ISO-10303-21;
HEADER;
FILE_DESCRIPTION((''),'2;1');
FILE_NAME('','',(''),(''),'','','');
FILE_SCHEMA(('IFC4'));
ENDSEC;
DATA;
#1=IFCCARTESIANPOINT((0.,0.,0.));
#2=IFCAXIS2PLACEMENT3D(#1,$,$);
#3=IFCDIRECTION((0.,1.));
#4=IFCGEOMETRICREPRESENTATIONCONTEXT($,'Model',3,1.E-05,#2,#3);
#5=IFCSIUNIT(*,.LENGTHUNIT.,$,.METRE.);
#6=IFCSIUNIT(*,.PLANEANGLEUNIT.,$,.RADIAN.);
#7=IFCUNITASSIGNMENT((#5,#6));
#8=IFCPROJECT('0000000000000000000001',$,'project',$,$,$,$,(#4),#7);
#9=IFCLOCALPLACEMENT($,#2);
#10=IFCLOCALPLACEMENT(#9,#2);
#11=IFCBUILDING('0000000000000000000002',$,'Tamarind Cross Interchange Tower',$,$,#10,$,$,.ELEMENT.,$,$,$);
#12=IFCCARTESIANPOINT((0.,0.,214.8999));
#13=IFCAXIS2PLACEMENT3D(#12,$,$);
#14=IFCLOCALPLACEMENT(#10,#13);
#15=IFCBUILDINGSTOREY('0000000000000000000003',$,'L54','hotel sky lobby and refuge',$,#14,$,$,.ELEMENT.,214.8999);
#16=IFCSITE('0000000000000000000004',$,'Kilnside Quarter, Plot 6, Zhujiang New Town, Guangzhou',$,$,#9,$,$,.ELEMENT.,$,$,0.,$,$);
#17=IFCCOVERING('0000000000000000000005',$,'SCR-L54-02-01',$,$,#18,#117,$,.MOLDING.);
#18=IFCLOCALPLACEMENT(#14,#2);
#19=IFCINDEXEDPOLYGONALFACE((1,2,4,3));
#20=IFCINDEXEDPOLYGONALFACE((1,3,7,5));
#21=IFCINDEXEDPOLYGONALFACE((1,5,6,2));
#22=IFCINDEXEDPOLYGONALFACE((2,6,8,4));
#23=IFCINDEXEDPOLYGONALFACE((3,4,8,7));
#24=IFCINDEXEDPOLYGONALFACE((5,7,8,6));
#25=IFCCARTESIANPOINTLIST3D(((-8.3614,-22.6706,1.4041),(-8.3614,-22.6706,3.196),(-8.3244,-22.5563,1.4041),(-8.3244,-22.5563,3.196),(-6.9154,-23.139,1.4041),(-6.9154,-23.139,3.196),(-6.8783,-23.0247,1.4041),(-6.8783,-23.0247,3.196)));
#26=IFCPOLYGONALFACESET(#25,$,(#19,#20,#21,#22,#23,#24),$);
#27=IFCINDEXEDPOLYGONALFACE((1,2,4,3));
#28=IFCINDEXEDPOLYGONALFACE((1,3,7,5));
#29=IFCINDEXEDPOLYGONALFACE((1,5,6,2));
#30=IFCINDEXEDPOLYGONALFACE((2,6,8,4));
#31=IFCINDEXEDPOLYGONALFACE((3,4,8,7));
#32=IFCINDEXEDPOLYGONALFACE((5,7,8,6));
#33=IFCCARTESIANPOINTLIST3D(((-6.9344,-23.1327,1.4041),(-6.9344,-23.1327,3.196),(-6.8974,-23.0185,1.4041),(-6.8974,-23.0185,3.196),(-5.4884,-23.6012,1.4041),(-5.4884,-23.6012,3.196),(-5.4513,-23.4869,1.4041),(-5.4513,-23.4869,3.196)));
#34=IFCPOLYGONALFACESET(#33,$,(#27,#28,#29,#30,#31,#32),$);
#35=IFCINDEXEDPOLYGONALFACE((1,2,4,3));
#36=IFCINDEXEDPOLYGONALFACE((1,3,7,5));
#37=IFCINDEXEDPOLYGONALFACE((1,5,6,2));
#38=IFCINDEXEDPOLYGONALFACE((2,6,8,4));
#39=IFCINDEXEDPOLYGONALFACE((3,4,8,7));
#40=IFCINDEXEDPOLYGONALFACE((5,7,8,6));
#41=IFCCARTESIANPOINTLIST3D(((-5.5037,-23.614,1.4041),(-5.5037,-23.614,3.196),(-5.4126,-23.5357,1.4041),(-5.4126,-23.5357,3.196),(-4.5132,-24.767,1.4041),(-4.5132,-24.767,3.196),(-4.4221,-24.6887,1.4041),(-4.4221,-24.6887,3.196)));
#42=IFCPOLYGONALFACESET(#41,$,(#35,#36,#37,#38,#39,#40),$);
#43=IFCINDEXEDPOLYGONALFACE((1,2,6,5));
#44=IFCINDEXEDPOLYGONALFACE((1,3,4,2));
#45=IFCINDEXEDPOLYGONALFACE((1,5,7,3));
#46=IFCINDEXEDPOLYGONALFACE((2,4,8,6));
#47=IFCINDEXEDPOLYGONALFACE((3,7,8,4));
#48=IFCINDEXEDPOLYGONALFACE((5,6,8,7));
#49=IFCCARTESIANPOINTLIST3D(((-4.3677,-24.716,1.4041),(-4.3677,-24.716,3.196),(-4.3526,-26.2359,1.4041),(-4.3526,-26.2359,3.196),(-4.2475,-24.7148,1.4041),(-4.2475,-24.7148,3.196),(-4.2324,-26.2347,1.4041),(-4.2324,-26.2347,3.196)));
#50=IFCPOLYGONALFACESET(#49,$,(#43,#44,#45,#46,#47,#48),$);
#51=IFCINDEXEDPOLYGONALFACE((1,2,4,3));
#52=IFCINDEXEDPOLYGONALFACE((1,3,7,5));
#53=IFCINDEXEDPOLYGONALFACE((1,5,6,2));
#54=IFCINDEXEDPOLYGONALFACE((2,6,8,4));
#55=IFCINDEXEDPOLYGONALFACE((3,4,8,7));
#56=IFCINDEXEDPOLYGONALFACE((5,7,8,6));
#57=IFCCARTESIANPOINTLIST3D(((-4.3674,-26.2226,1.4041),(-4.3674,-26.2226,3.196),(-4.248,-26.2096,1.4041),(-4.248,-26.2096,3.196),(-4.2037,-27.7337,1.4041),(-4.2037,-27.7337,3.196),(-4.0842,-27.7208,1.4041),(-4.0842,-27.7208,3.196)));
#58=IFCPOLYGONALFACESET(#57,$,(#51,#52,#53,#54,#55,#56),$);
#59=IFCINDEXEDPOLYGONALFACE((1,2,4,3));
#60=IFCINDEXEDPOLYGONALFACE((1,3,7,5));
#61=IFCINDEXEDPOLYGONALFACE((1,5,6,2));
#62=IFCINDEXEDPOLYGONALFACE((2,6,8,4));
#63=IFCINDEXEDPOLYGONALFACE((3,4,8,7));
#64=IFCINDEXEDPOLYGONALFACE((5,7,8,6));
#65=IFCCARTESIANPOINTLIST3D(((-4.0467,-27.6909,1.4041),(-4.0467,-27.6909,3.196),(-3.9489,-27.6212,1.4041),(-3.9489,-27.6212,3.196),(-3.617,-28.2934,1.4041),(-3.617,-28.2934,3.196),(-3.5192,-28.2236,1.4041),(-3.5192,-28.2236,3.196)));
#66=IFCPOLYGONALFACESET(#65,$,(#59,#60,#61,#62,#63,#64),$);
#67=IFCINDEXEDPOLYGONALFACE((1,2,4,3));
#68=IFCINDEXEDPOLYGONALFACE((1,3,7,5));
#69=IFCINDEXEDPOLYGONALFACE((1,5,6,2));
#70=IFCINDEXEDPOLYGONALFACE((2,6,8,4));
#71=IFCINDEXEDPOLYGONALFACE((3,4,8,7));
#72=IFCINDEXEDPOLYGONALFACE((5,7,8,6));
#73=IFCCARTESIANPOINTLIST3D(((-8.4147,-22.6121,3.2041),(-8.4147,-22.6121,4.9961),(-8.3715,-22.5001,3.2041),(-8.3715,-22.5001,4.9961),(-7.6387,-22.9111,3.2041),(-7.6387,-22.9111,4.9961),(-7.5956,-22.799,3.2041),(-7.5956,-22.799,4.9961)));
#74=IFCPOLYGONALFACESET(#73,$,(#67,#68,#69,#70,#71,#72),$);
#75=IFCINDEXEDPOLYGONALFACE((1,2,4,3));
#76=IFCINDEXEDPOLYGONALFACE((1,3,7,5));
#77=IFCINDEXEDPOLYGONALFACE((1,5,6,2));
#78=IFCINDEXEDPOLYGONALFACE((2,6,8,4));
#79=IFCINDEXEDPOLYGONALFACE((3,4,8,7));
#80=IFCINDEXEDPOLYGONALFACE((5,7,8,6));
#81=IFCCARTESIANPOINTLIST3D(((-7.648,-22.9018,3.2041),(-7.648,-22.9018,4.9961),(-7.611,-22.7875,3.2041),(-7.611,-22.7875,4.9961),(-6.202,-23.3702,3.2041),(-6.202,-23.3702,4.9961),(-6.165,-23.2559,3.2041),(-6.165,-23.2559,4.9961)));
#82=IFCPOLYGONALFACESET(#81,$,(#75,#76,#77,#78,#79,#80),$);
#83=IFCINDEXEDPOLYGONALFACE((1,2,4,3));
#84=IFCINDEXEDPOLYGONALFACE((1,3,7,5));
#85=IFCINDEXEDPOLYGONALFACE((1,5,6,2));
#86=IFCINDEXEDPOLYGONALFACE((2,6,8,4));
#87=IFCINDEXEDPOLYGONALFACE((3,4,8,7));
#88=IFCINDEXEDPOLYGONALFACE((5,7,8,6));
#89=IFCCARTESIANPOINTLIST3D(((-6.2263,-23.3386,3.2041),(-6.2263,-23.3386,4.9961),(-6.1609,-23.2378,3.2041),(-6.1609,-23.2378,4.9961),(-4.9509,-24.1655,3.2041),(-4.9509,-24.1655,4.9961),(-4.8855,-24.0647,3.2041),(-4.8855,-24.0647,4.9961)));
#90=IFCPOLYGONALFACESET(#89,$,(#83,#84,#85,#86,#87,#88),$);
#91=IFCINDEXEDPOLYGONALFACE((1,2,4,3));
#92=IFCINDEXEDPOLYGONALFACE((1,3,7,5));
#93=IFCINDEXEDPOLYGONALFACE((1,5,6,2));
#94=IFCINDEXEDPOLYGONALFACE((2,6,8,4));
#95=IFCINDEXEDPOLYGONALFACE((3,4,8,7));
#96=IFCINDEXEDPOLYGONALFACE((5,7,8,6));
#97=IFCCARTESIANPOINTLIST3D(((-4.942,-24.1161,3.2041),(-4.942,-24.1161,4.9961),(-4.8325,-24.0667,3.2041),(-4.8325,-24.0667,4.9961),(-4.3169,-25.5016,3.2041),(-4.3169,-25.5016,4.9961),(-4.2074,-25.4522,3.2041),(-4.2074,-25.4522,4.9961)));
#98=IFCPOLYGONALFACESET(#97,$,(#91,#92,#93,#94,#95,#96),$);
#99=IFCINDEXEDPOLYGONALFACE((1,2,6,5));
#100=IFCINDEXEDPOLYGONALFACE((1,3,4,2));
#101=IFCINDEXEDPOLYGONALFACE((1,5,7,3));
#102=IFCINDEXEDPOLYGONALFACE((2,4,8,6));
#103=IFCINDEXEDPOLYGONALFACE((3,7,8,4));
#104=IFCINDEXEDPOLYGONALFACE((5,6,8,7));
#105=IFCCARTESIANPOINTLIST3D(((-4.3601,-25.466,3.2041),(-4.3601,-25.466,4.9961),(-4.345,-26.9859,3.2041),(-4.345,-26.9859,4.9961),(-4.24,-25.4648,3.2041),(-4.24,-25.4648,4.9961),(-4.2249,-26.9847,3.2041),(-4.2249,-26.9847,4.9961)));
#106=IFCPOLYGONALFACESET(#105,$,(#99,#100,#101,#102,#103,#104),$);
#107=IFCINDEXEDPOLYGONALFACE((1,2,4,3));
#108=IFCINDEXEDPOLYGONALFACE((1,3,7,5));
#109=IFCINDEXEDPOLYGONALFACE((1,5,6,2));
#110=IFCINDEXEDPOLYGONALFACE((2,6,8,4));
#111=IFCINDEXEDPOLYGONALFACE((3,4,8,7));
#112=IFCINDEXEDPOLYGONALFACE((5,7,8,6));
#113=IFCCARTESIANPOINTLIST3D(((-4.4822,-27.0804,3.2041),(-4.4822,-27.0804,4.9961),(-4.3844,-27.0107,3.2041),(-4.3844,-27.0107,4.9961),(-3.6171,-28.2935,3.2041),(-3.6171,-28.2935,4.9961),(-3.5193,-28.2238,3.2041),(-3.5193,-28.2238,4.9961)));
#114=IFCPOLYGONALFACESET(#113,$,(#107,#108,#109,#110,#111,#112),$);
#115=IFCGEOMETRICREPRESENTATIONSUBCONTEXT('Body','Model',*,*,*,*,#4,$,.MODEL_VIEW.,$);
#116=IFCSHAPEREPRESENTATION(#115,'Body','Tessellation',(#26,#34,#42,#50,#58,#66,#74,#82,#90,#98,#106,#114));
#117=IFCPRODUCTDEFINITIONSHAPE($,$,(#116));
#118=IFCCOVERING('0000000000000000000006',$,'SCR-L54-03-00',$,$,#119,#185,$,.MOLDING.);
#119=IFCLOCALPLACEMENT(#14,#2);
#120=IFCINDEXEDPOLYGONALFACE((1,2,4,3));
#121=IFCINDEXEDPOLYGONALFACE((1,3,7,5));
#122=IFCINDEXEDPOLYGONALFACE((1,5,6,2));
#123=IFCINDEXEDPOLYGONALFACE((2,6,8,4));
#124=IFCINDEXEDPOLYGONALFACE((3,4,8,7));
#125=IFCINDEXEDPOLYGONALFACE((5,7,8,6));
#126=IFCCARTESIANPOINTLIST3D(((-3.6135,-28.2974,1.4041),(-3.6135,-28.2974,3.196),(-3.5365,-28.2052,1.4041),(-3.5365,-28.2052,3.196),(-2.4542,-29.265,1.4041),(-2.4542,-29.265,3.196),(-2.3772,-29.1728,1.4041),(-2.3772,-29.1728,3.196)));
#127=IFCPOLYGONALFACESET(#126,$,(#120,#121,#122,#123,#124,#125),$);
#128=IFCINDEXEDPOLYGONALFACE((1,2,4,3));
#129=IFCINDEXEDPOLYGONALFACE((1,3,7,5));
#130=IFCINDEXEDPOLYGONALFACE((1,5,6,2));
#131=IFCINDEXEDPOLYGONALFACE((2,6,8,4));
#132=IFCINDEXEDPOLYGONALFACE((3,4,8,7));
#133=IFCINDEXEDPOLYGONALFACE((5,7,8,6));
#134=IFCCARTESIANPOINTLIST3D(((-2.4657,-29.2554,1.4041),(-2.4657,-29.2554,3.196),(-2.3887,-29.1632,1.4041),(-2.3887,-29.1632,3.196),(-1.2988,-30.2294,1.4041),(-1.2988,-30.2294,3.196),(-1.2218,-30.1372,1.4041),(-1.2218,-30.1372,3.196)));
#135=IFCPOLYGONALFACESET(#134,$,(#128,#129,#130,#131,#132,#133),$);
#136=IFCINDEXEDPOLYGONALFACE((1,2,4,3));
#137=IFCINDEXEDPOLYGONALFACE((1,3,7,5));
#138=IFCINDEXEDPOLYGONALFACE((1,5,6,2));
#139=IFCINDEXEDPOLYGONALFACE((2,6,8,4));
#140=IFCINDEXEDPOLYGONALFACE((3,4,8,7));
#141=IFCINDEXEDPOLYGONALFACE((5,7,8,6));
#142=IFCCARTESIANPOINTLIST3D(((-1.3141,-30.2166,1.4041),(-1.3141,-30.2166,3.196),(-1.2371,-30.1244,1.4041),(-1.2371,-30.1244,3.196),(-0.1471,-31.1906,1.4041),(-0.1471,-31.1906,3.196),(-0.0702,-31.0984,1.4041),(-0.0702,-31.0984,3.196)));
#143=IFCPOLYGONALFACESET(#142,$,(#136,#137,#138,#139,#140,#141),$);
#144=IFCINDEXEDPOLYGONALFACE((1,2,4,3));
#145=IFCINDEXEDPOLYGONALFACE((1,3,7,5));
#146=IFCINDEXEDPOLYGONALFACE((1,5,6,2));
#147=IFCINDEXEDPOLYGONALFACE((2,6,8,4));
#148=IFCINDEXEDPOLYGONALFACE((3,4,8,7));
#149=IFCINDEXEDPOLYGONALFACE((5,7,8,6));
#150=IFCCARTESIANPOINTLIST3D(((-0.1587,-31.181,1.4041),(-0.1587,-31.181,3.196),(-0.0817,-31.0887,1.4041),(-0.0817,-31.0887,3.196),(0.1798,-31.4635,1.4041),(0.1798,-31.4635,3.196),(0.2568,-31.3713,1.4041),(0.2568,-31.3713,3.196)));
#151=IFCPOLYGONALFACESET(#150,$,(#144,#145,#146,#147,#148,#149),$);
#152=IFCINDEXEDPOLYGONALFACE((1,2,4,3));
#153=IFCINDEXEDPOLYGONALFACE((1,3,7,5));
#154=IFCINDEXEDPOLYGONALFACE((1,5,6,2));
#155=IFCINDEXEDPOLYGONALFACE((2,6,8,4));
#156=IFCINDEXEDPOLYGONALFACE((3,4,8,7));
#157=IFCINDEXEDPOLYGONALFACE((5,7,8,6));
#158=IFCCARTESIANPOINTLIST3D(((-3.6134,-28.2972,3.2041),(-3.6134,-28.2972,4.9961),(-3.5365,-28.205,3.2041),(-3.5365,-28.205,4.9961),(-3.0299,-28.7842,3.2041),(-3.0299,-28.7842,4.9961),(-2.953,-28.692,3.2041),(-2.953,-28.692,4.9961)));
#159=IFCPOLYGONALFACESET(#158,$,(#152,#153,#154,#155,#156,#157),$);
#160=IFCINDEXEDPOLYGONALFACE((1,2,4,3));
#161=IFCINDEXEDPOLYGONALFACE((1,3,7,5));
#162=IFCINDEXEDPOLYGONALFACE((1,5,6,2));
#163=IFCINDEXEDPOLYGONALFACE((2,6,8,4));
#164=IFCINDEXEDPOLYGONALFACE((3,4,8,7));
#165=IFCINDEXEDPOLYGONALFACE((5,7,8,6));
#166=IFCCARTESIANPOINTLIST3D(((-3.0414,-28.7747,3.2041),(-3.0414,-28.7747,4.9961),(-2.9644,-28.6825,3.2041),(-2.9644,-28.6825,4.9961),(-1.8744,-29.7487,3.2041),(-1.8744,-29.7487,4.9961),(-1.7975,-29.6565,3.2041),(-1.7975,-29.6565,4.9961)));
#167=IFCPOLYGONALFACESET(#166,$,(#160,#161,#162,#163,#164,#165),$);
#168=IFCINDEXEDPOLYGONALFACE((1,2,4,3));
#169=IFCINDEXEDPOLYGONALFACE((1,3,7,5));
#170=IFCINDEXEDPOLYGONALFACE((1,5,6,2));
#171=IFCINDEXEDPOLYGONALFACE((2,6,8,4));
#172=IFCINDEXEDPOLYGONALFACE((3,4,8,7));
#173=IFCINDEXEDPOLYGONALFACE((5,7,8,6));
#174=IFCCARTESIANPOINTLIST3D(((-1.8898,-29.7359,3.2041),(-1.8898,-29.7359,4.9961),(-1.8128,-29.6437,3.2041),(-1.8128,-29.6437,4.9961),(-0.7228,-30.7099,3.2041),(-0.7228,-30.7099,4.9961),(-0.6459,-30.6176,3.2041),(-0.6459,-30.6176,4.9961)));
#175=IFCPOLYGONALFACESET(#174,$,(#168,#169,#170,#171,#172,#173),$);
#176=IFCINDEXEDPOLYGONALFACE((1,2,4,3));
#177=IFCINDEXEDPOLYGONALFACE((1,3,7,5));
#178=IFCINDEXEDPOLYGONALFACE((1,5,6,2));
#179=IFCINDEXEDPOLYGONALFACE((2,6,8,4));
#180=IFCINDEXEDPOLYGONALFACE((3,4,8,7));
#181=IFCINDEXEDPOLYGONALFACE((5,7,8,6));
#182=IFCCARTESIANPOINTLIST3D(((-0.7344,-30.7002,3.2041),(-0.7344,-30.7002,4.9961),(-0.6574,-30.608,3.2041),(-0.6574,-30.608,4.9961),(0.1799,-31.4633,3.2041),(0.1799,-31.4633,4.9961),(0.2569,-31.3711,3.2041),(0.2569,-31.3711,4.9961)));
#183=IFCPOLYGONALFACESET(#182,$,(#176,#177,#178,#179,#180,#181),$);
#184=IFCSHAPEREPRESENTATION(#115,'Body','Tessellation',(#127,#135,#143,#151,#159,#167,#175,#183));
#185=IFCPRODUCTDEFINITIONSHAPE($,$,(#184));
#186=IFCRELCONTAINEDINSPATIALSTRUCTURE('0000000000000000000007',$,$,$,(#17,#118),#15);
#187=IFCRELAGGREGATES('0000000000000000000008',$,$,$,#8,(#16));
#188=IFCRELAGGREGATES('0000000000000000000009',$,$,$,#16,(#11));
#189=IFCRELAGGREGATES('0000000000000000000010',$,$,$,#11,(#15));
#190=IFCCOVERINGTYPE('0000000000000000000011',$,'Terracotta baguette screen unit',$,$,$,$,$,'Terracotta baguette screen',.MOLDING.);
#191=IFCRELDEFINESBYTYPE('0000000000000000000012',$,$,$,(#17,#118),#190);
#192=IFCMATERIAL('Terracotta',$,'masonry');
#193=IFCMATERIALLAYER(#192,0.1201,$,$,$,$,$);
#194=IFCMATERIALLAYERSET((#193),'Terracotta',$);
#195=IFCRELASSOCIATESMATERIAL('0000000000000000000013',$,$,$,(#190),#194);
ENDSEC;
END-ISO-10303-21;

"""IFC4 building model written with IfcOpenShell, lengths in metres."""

from ifc_helpers import new_model, si_unit, direction, frame, origin, origin_2d, place, context, subcontext, project, spatial, rectangle, extrude, material, layer, layer_set, type_object, element, save


model = new_model("IFC4")

# Units and contexts
model_context = context("Model", 3, precision=1e-05, world=origin(), true_north=direction((0.0, 1.0)))
body_context = subcontext(model_context, "Body", "Model", "MODEL_VIEW")
ifc_project = project(units=[si_unit("LENGTHUNIT", "METRE"), si_unit("PLANEANGLEUNIT", "RADIAN")], contexts=[model_context])

# Site, building, storey
site_placement = place(None, origin())
site = spatial("IfcSite", under=ifc_project, at=site_placement, Name="Kilnside Quarter, Plot 6, Zhujiang New Town, Guangzhou", CompositionType="ELEMENT", RefElevation=0.0)
building_placement = place(site_placement, origin())
building = spatial("IfcBuilding", under=site, at=building_placement, Name="Tamarind Cross Interchange Tower", CompositionType="ELEMENT")
storey_placement = place(building_placement, frame((0.0, 0.0, 214.8999)))
storey = spatial("IfcBuildingStorey", under=building, at=storey_placement, Name="L54", Description="hotel sky lobby and refuge", CompositionType="ELEMENT", Elevation=214.8999)

# Coverings
ifc_material_1 = material(Name="Terracotta", Category="masonry")
ifc_layer_1 = layer(ifc_material_1, 0.1201)
ifc_layer_set_1 = layer_set([ifc_layer_1], Name="Terracotta")
covering_type = type_object("IfcCoveringType", Name="Terracotta baguette screen unit", ElementType="Terracotta baguette screen", PredefinedType="MOLDING", material=ifc_layer_set_1)
covering_1_placement = place(storey_placement, origin())
element("IfcCovering", 1, at=covering_1_placement, inside=storey, type_object=covering_type, Name="SCR-L54-02-01", PredefinedType="MOLDING", context=body_context, shape_type="SweptSolid", body=[
    extrude(rectangle(XDim=1.52, YDim=0.1201, at=origin_2d()), frame((-7.6199, -22.8477, 1.4041), z_axis=(0.0, 0.0, 1.0), x_axis=(0.951329, -0.308179, 0.0)), (0.0, 0.0, 1.0), 1.792),
    extrude(rectangle(XDim=1.52, YDim=0.1201, at=origin_2d()), frame((-6.1929, -23.3098, 1.4041), z_axis=(0.0, 0.0, 1.0), x_axis=(0.951329, -0.308179, 0.0)), (0.0, 0.0, 1.0), 1.792),
    extrude(rectangle(XDim=1.52, YDim=0.1201, at=origin_2d()), frame((-4.9629, -24.1514, 1.4041), z_axis=(0.0, 0.0, 1.0), x_axis=(0.651624, -0.758542, 0.0)), (0.0, 0.0, 1.0), 1.792),
    extrude(rectangle(XDim=1.52, YDim=0.1201, at=origin_2d()), frame((-4.3, -25.4753, 1.4041), z_axis=(0.0, 0.0, 1.0), x_axis=(0.00993, -0.999951, 0.0)), (0.0, 0.0, 1.0), 1.792),
    extrude(rectangle(XDim=1.52, YDim=0.1201, at=origin_2d()), frame((-4.2258, -26.9717, 1.4041), z_axis=(0.0, 0.0, 1.0), x_axis=(0.107726, -0.994181, 0.0)), (0.0, 0.0, 1.0), 1.792),
    extrude(rectangle(XDim=0.74, YDim=0.1201, at=origin_2d()), frame((-3.783, -27.9573, 1.4041), z_axis=(0.0, 0.0, 1.0), x_axis=(0.580632, -0.814166, 0.0)), (0.0, 0.0, 1.0), 1.792),
    extrude(rectangle(XDim=0.8315, YDim=0.1201, at=origin_2d()), frame((-8.0051, -22.7056, 3.2041), z_axis=(0.0, 0.0, 1.0), x_axis=(0.933147, -0.359495, 0.0)), (0.0, 0.0, 1.0), 1.792),
    extrude(rectangle(XDim=1.52, YDim=0.1201, at=origin_2d()), frame((-6.9065, -23.0789, 3.2041), z_axis=(0.0, 0.0, 1.0), x_axis=(0.951329, -0.308179, 0.0)), (0.0, 0.0, 1.0), 1.792),
    extrude(rectangle(XDim=1.52, YDim=0.1201, at=origin_2d()), frame((-5.5559, -23.7017, 3.2041), z_axis=(0.0, 0.0, 1.0), x_axis=(0.839075, -0.544015, 0.0)), (0.0, 0.0, 1.0), 1.792),
    extrude(rectangle(XDim=1.52, YDim=0.1201, at=origin_2d()), frame((-4.5747, -24.7842, 3.2041), z_axis=(0.0, 0.0, 1.0), x_axis=(0.411287, -0.911506, 0.0)), (0.0, 0.0, 1.0), 1.792),
    extrude(rectangle(XDim=1.52, YDim=0.1201, at=origin_2d()), frame((-4.2925, -26.2253, 3.2041), z_axis=(0.0, 0.0, 1.0), x_axis=(0.00993, -0.999951, 0.0)), (0.0, 0.0, 1.0), 1.792),
    extrude(rectangle(XDim=1.49, YDim=0.1201, at=origin_2d()), frame((-4.0007, -27.6521, 3.2041), z_axis=(0.0, 0.0, 1.0), x_axis=(0.580632, -0.814166, 0.0)), (0.0, 0.0, 1.0), 1.792),
])
covering_2_placement = place(storey_placement, origin())
element("IfcCovering", 2, at=covering_2_placement, inside=storey, type_object=covering_type, Name="SCR-L54-03-00", PredefinedType="MOLDING", context=body_context, shape_type="SweptSolid", body=[
    extrude(rectangle(XDim=1.51, YDim=0.1201, at=origin_2d()), frame((-2.9954, -28.7351, 1.4041), z_axis=(0.0, 0.0, 1.0), x_axis=(0.767729, -0.640775, 0.0)), (0.0, 0.0, 1.0), 1.792),
    extrude(rectangle(XDim=1.52, YDim=0.1201, at=origin_2d()), frame((-1.8438, -29.6963, 1.4041), z_axis=(0.0, 0.0, 1.0), x_axis=(0.767729, -0.640775, 0.0)), (0.0, 0.0, 1.0), 1.792),
    extrude(rectangle(XDim=1.52, YDim=0.1201, at=origin_2d()), frame((-0.6921, -30.6575, 1.4041), z_axis=(0.0, 0.0, 1.0), x_axis=(0.767729, -0.640775, 0.0)), (0.0, 0.0, 1.0), 1.792),
    extrude(rectangle(XDim=0.4409, YDim=0.1201, at=origin_2d()), frame((0.0491, -31.2761, 1.4041), z_axis=(0.0, 0.0, 1.0), x_axis=(0.767729, -0.640775, 0.0)), (0.0, 0.0, 1.0), 1.792),
    extrude(rectangle(XDim=0.76, YDim=0.1201, at=origin_2d()), frame((-3.2832, -28.4946, 3.2041), z_axis=(0.0, 0.0, 1.0), x_axis=(0.767729, -0.640775, 0.0)), (0.0, 0.0, 1.0), 1.792),
    extrude(rectangle(XDim=1.52, YDim=0.1201, at=origin_2d()), frame((-2.4194, -29.2156, 3.2041), z_axis=(0.0, 0.0, 1.0), x_axis=(0.767729, -0.640775, 0.0)), (0.0, 0.0, 1.0), 1.792),
    extrude(rectangle(XDim=1.52, YDim=0.1201, at=origin_2d()), frame((-1.2678, -30.1768, 3.2041), z_axis=(0.0, 0.0, 1.0), x_axis=(0.767729, -0.640775, 0.0)), (0.0, 0.0, 1.0), 1.792),
    extrude(rectangle(XDim=1.1909, YDim=0.1201, at=origin_2d()), frame((-0.2388, -31.0356, 3.2041), z_axis=(0.0, 0.0, 1.0), x_axis=(0.767729, -0.640775, 0.0)), (0.0, 0.0, 1.0), 1.792),
])

save(model, "model.ifc")
